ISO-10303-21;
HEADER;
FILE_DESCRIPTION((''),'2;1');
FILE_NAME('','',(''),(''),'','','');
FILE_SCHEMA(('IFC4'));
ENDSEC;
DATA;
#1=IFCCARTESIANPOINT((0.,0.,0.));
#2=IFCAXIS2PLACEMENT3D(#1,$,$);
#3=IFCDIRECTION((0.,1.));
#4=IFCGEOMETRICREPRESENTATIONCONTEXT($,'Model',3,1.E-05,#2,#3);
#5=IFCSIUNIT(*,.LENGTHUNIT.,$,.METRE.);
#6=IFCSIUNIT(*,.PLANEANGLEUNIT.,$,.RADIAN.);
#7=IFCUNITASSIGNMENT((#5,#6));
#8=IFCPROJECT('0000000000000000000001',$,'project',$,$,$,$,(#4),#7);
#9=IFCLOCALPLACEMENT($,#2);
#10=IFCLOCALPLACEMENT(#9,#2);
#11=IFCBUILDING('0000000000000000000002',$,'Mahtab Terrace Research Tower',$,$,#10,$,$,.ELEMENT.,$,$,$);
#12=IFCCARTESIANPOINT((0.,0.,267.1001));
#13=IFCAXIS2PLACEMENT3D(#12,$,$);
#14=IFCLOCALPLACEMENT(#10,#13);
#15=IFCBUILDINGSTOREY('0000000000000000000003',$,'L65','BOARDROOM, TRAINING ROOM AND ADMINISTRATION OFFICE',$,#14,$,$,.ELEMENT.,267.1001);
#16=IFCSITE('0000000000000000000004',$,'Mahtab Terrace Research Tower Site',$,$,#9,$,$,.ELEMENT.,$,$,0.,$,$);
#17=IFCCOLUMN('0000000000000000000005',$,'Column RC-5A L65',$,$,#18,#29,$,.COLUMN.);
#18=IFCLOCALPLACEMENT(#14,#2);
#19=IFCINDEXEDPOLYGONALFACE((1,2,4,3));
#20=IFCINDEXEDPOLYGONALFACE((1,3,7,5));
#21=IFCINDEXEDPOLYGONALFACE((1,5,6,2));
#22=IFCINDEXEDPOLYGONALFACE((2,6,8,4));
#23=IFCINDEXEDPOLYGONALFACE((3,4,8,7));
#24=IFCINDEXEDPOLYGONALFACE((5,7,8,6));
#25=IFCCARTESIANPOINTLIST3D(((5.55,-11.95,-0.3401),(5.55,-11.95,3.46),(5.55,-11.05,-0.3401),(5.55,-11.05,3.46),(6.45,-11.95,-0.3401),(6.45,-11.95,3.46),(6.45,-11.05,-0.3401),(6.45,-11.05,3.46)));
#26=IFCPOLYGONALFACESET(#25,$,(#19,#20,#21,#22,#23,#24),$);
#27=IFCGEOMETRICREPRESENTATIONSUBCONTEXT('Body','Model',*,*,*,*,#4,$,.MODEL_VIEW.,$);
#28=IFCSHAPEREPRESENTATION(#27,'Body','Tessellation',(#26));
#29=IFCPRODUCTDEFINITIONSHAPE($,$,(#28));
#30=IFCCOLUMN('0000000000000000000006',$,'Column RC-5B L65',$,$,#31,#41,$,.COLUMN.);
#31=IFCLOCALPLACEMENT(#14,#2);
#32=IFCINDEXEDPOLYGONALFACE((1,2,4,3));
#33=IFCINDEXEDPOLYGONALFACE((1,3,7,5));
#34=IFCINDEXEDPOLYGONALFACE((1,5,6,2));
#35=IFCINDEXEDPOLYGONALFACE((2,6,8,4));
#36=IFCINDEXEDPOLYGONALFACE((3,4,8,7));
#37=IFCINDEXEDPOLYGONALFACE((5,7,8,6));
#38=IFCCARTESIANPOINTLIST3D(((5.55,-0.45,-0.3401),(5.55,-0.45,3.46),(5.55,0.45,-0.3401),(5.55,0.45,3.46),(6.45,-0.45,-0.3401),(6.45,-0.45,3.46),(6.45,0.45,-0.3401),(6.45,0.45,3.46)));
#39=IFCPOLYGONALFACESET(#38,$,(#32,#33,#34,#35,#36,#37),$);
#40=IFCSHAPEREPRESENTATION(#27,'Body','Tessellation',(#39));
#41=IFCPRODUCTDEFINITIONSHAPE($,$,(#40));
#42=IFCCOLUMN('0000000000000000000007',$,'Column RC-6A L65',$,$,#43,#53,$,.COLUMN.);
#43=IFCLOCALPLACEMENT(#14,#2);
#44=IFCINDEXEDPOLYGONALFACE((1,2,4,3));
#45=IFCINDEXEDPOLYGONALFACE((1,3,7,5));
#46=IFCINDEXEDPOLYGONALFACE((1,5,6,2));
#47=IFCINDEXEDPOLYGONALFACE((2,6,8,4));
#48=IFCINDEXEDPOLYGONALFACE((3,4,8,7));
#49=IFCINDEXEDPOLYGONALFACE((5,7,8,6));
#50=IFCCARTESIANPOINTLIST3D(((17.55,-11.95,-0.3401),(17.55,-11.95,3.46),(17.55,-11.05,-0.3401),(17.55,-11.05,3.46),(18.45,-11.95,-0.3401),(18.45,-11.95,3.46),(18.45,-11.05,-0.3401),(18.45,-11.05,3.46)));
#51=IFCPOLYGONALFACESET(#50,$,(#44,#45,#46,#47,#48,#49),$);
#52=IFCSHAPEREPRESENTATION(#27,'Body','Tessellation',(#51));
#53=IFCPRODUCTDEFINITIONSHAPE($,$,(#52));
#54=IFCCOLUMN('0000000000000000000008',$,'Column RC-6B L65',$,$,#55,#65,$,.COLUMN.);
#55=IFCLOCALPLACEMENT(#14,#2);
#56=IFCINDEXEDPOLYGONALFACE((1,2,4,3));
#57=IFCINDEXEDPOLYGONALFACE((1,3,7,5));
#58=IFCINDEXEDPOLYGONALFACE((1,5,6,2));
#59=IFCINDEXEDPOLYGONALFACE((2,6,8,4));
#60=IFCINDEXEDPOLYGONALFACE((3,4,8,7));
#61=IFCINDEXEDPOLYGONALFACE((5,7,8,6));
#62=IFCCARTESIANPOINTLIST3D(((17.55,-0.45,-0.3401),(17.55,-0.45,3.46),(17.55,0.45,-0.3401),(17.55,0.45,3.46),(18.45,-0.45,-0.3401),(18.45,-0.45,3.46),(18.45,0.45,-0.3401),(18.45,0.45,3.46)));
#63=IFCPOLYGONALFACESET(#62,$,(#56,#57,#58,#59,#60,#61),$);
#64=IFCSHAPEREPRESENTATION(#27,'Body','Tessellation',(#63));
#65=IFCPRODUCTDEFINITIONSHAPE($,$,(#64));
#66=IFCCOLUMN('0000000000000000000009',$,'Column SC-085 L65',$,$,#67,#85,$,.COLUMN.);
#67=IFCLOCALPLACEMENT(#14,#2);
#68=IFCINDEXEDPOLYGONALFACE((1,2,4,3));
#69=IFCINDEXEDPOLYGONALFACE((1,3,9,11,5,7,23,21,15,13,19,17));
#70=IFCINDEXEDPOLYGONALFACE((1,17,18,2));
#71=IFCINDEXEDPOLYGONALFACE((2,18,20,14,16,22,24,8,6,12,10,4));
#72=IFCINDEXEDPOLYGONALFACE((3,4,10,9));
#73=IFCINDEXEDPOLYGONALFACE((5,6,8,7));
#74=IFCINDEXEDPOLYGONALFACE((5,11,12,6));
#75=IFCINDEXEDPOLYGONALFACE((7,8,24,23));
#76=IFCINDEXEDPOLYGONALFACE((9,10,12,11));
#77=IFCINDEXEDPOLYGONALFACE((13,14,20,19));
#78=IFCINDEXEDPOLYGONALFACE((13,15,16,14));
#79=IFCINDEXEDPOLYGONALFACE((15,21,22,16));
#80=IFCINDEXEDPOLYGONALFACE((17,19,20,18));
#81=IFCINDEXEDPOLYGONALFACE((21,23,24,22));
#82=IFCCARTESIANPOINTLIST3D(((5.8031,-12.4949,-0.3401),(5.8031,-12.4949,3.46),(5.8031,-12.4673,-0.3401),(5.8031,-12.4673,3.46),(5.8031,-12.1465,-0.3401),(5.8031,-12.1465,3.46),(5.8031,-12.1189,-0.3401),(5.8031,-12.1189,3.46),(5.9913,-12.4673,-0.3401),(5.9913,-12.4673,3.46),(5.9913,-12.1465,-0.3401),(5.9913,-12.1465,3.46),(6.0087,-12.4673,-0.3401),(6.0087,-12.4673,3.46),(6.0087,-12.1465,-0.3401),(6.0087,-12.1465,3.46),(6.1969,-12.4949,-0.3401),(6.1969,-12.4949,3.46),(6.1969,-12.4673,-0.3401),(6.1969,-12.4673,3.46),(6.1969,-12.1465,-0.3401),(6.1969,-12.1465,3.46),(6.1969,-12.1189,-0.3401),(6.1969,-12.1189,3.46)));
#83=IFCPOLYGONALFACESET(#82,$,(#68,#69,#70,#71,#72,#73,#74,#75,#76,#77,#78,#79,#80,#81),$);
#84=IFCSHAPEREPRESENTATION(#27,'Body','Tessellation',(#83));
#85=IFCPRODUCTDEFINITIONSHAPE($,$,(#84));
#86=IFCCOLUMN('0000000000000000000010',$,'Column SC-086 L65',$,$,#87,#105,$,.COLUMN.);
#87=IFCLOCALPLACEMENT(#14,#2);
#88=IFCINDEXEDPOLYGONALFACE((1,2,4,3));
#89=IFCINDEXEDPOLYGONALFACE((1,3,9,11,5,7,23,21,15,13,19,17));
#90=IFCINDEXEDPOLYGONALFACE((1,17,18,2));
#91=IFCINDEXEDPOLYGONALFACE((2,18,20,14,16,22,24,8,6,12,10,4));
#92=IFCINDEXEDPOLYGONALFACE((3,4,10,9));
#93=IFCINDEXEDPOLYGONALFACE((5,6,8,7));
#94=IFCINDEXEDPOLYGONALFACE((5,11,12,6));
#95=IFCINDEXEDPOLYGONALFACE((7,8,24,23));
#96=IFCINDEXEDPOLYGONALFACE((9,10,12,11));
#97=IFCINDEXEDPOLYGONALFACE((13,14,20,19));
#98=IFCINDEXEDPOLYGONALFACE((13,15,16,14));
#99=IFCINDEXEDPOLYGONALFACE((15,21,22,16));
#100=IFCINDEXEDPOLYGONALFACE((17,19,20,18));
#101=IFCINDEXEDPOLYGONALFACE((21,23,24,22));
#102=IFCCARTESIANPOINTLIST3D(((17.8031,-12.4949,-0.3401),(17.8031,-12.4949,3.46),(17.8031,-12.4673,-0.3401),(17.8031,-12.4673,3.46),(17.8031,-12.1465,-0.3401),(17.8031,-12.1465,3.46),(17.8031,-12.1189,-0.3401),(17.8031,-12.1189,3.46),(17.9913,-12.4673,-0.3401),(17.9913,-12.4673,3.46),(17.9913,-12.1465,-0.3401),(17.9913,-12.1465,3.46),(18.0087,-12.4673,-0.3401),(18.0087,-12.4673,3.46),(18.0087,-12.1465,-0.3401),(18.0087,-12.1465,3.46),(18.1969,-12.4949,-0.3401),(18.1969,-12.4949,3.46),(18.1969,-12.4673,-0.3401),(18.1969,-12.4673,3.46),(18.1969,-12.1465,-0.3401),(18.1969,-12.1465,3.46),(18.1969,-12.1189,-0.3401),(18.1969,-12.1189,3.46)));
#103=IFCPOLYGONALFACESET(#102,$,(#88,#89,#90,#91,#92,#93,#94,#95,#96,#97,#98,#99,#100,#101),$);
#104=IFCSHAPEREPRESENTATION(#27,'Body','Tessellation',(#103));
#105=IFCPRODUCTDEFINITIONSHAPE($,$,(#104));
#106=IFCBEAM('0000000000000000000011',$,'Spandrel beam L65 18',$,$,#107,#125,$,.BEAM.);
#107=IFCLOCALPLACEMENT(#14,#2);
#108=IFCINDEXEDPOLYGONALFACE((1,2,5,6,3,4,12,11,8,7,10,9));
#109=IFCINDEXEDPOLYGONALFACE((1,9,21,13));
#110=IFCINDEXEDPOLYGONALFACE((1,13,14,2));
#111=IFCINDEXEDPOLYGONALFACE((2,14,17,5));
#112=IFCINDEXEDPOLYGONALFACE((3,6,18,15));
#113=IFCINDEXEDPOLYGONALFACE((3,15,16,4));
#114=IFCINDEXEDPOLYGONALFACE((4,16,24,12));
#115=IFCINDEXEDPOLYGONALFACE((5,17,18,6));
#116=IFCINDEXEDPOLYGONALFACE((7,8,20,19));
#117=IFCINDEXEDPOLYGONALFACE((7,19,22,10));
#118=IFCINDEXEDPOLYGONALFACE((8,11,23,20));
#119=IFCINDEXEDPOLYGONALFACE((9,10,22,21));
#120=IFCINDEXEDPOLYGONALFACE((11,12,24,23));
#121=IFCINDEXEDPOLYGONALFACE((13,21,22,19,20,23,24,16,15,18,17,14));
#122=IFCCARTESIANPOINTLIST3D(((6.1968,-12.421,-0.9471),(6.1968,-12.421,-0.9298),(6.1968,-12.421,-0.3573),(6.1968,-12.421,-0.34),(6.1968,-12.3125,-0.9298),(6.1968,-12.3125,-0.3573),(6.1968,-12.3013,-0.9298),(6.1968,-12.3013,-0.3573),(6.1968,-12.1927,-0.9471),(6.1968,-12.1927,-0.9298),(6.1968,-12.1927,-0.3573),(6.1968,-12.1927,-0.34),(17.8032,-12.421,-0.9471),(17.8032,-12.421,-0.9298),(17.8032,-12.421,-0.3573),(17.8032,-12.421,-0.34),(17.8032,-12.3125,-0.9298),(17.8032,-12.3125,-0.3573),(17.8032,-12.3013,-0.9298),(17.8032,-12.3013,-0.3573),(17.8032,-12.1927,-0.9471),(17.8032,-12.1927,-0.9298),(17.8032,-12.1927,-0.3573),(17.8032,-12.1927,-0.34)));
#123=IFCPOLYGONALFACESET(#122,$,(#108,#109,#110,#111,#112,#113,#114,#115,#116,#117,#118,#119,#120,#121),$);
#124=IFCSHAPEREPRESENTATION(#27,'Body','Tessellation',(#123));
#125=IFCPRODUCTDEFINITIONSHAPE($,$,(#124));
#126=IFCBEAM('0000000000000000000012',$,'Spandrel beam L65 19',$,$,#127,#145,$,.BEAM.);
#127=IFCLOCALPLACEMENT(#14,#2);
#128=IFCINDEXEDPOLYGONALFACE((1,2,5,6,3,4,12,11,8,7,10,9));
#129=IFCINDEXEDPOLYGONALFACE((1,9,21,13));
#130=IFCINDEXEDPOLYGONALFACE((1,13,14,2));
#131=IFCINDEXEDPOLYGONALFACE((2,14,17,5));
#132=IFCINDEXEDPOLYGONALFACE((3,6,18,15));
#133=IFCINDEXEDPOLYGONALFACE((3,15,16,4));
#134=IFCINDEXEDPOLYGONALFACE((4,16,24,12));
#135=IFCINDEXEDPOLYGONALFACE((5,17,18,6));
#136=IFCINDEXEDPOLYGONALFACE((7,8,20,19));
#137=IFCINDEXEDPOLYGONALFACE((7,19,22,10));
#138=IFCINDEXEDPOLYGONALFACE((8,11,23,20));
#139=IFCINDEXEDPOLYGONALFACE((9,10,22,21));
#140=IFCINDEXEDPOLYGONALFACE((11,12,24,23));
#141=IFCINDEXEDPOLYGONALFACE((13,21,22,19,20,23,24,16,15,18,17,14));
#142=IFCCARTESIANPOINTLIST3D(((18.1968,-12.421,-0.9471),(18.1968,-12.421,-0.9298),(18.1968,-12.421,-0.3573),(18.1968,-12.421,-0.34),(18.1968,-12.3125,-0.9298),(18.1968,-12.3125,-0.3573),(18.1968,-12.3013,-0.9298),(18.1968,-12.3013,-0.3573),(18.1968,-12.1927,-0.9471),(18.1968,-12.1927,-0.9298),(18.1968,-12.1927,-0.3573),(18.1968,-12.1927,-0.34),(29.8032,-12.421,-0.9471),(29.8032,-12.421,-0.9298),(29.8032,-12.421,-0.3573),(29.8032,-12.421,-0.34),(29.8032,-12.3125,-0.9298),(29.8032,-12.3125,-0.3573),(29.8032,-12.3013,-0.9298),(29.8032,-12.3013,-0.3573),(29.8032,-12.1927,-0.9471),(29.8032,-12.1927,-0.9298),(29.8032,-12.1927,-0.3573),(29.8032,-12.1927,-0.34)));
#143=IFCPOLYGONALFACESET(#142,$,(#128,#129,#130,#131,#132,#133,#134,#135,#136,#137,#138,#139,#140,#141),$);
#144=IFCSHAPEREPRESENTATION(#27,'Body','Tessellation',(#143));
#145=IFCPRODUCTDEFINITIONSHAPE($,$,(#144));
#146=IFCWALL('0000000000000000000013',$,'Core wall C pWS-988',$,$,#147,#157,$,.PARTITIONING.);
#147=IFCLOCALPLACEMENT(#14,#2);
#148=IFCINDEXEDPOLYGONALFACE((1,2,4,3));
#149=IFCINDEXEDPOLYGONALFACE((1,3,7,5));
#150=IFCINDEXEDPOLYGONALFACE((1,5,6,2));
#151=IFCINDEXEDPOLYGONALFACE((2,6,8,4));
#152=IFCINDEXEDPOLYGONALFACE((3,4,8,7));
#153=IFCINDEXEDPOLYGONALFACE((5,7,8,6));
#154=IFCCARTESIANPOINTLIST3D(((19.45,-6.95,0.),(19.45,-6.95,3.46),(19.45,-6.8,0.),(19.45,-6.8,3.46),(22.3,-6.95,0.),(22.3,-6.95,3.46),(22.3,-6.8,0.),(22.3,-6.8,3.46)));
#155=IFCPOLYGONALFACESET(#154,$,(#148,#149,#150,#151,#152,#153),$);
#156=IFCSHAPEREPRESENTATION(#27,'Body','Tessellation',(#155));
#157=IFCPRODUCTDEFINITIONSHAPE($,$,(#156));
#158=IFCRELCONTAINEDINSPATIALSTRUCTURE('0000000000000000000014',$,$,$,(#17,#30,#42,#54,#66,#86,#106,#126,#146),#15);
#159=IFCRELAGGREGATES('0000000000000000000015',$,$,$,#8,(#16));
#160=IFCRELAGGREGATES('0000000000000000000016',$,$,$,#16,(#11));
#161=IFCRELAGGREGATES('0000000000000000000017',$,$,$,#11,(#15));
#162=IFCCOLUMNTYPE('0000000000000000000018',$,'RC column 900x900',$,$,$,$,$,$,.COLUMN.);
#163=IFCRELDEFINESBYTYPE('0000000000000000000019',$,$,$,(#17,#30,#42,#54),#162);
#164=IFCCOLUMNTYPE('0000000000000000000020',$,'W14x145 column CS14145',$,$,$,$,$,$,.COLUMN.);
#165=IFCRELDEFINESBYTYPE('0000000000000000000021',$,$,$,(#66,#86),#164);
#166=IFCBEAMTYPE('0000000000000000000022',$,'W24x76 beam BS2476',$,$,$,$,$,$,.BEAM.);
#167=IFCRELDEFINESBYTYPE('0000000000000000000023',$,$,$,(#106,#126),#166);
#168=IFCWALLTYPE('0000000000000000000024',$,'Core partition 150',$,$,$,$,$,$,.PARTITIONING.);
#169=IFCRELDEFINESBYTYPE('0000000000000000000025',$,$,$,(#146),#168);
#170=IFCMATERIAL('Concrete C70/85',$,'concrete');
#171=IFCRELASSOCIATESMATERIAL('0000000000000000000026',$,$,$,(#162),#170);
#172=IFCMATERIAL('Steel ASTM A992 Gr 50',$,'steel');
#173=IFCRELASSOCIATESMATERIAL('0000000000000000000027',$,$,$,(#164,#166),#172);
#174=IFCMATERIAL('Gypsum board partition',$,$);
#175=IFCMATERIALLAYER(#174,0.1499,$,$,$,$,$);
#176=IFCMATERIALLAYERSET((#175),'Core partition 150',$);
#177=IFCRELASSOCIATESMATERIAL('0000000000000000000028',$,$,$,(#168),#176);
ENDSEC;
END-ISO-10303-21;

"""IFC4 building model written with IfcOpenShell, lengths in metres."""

from ifc_helpers import new_model, si_unit, direction, frame, frame_2d, origin, origin_2d, place, context, subcontext, project, spatial, rectangle, i_section, extrude, material, layer, layer_set, material_profile, profile_set, type_object, element, save


model = new_model("IFC4")

# Units and contexts
model_context = context("Model", 3, precision=1e-05, world=origin(), true_north=direction((0.0, 1.0)))
body_context = subcontext(model_context, "Body", "Model", "MODEL_VIEW")
ifc_project = project(units=[si_unit("LENGTHUNIT", "METRE"), si_unit("PLANEANGLEUNIT", "RADIAN")], contexts=[model_context])

# Site, building, storey
site_placement = place(None, origin())
site = spatial("IfcSite", under=ifc_project, at=site_placement, Name="Mahtab Terrace Research Tower Site", CompositionType="ELEMENT", RefElevation=0.0)
building_placement = place(site_placement, origin())
building = spatial("IfcBuilding", under=site, at=building_placement, Name="Mahtab Terrace Research Tower", CompositionType="ELEMENT")
storey_placement = place(building_placement, frame((0.0, 0.0, 267.1001)))
storey = spatial("IfcBuildingStorey", under=building, at=storey_placement, Name="L65", Description="BOARDROOM, TRAINING ROOM AND ADMINISTRATION OFFICE", CompositionType="ELEMENT", Elevation=267.1001)

# Columns
ifc_material_1 = material(Name="Concrete C70/85", Category="concrete")
ifc_material_profile_1 = material_profile(ifc_material_1, rectangle(XDim=0.8999, YDim=0.8999, at=origin_2d()), Name="RC column 900x900")
ifc_profile_set_1 = profile_set([ifc_material_profile_1], Name="Concrete C70/85")
column_type_1 = type_object("IfcColumnType", Name="RC column 900x900", PredefinedType="COLUMN", material=ifc_profile_set_1)
for number, where, z_axis, x_axis, name in (
    (1, (6.0, -11.5, -0.3401), (0.0, 0.0, 1.0), (1.0, 0.0, 0.0), "Column RC-5A L65"),
    (2, (6.0, 0.0, -0.3401), (0.0, 0.0, 1.0), (1.0, 0.0, 0.0), "Column RC-5B L65"),
    (3, (18.0, -11.5, -0.3401), (0.0, 0.0, 1.0), (1.0, 0.0, 0.0), "Column RC-6A L65"),
    (4, (18.0, 0.0, -0.3401), (0.0, 0.0, 1.0), (1.0, 0.0, 0.0), "Column RC-6B L65"),
):
    element("IfcColumn", number, at=place(storey_placement, frame(where, z_axis=z_axis, x_axis=x_axis)), inside=storey, type_object=column_type_1, Name=name, PredefinedType="COLUMN", context=body_context, shape_type="SweptSolid", body=[
        extrude(rectangle(XDim=0.8999, YDim=0.8999, at=origin_2d()), origin(), (0.0, 0.0, 1.0), 3.8),
    ])
ifc_material_2 = material(Name="Steel ASTM A992 Gr 50", Category="steel")
ifc_material_profile_2 = material_profile(ifc_material_2, i_section(OverallWidth=0.3938, OverallDepth=0.376, WebThickness=0.0173, FlangeThickness=0.0276, at=origin_2d()), Name="W14X145")
ifc_profile_set_2 = profile_set([ifc_material_profile_2], Name="Steel ASTM A992 Gr 50")
column_type_2 = type_object("IfcColumnType", Name="W14x145 column CS14145", PredefinedType="COLUMN", material=ifc_profile_set_2)
for number, where, z_axis, x_axis, name in (
    (5, (6.0, -12.3069, -0.3401), (0.0, 0.0, 1.0), (1.0, 0.0, 0.0), "Column SC-085 L65"),
    (6, (18.0, -12.3069, -0.3401), (0.0, 0.0, 1.0), (1.0, 0.0, 0.0), "Column SC-086 L65"),
):
    element("IfcColumn", number, at=place(storey_placement, frame(where, z_axis=z_axis, x_axis=x_axis)), inside=storey, type_object=column_type_2, Name=name, PredefinedType="COLUMN", context=body_context, shape_type="SweptSolid", body=[
        extrude(i_section(OverallWidth=0.3938, OverallDepth=0.376, WebThickness=0.0173, FlangeThickness=0.0276, at=origin_2d()), origin(), (0.0, 0.0, 1.0), 3.8),
    ])

# Beams
ifc_material_profile_3 = material_profile(ifc_material_2, i_section(OverallWidth=0.2283, OverallDepth=0.6072, WebThickness=0.0112, FlangeThickness=0.0173, at=origin_2d()), Name="W24X76")
ifc_profile_set_3 = profile_set([ifc_material_profile_3], Name="Steel ASTM A992 Gr 50")
beam_type = type_object("IfcBeamType", Name="W24x76 beam BS2476", PredefinedType="BEAM", material=ifc_profile_set_3)
for number, where, z_axis, x_axis, name in (
    (7, (6.1968, -12.3069, -0.6436), (1.0, 0.0, 0.0), (0.0, 1.0, 0.0), "Spandrel beam L65 18"),
    (8, (18.1968, -12.3069, -0.6436), (1.0, 0.0, 0.0), (0.0, 1.0, 0.0), "Spandrel beam L65 19"),
):
    element("IfcBeam", number, at=place(storey_placement, frame(where, z_axis=z_axis, x_axis=x_axis)), inside=storey, type_object=beam_type, Name=name, PredefinedType="BEAM", context=body_context, shape_type="SweptSolid", body=[
        extrude(i_section(OverallWidth=0.2283, OverallDepth=0.6072, WebThickness=0.0112, FlangeThickness=0.0173, at=origin_2d()), origin(), (0.0, 0.0, 1.0), 11.6064),
    ])

# Wall
ifc_material_3 = material(Name="Gypsum board partition")
ifc_layer_1 = layer(ifc_material_3, 0.1499)
ifc_layer_set_1 = layer_set([ifc_layer_1], Name="Core partition 150")
wall_type_1 = type_object("IfcWallType", Name="Core partition 150", PredefinedType="PARTITIONING", material=ifc_layer_set_1)
wall_1_placement = place(storey_placement, frame((19.45, -6.875, 0.0), z_axis=(0.0, 0.0, 1.0), x_axis=(1.0, 0.0, 0.0)))
element("IfcWall", 9, at=wall_1_placement, inside=storey, type_object=wall_type_1, Name="Core wall C pWS-988", PredefinedType="PARTITIONING", context=body_context, shape_type="SweptSolid", body=[
    extrude(rectangle(XDim=2.8501, YDim=0.1499, at=frame_2d((1.425, 0.0))), origin(), (0.0, 0.0, 1.0), 3.46),
])

save(model, "model.ifc")
